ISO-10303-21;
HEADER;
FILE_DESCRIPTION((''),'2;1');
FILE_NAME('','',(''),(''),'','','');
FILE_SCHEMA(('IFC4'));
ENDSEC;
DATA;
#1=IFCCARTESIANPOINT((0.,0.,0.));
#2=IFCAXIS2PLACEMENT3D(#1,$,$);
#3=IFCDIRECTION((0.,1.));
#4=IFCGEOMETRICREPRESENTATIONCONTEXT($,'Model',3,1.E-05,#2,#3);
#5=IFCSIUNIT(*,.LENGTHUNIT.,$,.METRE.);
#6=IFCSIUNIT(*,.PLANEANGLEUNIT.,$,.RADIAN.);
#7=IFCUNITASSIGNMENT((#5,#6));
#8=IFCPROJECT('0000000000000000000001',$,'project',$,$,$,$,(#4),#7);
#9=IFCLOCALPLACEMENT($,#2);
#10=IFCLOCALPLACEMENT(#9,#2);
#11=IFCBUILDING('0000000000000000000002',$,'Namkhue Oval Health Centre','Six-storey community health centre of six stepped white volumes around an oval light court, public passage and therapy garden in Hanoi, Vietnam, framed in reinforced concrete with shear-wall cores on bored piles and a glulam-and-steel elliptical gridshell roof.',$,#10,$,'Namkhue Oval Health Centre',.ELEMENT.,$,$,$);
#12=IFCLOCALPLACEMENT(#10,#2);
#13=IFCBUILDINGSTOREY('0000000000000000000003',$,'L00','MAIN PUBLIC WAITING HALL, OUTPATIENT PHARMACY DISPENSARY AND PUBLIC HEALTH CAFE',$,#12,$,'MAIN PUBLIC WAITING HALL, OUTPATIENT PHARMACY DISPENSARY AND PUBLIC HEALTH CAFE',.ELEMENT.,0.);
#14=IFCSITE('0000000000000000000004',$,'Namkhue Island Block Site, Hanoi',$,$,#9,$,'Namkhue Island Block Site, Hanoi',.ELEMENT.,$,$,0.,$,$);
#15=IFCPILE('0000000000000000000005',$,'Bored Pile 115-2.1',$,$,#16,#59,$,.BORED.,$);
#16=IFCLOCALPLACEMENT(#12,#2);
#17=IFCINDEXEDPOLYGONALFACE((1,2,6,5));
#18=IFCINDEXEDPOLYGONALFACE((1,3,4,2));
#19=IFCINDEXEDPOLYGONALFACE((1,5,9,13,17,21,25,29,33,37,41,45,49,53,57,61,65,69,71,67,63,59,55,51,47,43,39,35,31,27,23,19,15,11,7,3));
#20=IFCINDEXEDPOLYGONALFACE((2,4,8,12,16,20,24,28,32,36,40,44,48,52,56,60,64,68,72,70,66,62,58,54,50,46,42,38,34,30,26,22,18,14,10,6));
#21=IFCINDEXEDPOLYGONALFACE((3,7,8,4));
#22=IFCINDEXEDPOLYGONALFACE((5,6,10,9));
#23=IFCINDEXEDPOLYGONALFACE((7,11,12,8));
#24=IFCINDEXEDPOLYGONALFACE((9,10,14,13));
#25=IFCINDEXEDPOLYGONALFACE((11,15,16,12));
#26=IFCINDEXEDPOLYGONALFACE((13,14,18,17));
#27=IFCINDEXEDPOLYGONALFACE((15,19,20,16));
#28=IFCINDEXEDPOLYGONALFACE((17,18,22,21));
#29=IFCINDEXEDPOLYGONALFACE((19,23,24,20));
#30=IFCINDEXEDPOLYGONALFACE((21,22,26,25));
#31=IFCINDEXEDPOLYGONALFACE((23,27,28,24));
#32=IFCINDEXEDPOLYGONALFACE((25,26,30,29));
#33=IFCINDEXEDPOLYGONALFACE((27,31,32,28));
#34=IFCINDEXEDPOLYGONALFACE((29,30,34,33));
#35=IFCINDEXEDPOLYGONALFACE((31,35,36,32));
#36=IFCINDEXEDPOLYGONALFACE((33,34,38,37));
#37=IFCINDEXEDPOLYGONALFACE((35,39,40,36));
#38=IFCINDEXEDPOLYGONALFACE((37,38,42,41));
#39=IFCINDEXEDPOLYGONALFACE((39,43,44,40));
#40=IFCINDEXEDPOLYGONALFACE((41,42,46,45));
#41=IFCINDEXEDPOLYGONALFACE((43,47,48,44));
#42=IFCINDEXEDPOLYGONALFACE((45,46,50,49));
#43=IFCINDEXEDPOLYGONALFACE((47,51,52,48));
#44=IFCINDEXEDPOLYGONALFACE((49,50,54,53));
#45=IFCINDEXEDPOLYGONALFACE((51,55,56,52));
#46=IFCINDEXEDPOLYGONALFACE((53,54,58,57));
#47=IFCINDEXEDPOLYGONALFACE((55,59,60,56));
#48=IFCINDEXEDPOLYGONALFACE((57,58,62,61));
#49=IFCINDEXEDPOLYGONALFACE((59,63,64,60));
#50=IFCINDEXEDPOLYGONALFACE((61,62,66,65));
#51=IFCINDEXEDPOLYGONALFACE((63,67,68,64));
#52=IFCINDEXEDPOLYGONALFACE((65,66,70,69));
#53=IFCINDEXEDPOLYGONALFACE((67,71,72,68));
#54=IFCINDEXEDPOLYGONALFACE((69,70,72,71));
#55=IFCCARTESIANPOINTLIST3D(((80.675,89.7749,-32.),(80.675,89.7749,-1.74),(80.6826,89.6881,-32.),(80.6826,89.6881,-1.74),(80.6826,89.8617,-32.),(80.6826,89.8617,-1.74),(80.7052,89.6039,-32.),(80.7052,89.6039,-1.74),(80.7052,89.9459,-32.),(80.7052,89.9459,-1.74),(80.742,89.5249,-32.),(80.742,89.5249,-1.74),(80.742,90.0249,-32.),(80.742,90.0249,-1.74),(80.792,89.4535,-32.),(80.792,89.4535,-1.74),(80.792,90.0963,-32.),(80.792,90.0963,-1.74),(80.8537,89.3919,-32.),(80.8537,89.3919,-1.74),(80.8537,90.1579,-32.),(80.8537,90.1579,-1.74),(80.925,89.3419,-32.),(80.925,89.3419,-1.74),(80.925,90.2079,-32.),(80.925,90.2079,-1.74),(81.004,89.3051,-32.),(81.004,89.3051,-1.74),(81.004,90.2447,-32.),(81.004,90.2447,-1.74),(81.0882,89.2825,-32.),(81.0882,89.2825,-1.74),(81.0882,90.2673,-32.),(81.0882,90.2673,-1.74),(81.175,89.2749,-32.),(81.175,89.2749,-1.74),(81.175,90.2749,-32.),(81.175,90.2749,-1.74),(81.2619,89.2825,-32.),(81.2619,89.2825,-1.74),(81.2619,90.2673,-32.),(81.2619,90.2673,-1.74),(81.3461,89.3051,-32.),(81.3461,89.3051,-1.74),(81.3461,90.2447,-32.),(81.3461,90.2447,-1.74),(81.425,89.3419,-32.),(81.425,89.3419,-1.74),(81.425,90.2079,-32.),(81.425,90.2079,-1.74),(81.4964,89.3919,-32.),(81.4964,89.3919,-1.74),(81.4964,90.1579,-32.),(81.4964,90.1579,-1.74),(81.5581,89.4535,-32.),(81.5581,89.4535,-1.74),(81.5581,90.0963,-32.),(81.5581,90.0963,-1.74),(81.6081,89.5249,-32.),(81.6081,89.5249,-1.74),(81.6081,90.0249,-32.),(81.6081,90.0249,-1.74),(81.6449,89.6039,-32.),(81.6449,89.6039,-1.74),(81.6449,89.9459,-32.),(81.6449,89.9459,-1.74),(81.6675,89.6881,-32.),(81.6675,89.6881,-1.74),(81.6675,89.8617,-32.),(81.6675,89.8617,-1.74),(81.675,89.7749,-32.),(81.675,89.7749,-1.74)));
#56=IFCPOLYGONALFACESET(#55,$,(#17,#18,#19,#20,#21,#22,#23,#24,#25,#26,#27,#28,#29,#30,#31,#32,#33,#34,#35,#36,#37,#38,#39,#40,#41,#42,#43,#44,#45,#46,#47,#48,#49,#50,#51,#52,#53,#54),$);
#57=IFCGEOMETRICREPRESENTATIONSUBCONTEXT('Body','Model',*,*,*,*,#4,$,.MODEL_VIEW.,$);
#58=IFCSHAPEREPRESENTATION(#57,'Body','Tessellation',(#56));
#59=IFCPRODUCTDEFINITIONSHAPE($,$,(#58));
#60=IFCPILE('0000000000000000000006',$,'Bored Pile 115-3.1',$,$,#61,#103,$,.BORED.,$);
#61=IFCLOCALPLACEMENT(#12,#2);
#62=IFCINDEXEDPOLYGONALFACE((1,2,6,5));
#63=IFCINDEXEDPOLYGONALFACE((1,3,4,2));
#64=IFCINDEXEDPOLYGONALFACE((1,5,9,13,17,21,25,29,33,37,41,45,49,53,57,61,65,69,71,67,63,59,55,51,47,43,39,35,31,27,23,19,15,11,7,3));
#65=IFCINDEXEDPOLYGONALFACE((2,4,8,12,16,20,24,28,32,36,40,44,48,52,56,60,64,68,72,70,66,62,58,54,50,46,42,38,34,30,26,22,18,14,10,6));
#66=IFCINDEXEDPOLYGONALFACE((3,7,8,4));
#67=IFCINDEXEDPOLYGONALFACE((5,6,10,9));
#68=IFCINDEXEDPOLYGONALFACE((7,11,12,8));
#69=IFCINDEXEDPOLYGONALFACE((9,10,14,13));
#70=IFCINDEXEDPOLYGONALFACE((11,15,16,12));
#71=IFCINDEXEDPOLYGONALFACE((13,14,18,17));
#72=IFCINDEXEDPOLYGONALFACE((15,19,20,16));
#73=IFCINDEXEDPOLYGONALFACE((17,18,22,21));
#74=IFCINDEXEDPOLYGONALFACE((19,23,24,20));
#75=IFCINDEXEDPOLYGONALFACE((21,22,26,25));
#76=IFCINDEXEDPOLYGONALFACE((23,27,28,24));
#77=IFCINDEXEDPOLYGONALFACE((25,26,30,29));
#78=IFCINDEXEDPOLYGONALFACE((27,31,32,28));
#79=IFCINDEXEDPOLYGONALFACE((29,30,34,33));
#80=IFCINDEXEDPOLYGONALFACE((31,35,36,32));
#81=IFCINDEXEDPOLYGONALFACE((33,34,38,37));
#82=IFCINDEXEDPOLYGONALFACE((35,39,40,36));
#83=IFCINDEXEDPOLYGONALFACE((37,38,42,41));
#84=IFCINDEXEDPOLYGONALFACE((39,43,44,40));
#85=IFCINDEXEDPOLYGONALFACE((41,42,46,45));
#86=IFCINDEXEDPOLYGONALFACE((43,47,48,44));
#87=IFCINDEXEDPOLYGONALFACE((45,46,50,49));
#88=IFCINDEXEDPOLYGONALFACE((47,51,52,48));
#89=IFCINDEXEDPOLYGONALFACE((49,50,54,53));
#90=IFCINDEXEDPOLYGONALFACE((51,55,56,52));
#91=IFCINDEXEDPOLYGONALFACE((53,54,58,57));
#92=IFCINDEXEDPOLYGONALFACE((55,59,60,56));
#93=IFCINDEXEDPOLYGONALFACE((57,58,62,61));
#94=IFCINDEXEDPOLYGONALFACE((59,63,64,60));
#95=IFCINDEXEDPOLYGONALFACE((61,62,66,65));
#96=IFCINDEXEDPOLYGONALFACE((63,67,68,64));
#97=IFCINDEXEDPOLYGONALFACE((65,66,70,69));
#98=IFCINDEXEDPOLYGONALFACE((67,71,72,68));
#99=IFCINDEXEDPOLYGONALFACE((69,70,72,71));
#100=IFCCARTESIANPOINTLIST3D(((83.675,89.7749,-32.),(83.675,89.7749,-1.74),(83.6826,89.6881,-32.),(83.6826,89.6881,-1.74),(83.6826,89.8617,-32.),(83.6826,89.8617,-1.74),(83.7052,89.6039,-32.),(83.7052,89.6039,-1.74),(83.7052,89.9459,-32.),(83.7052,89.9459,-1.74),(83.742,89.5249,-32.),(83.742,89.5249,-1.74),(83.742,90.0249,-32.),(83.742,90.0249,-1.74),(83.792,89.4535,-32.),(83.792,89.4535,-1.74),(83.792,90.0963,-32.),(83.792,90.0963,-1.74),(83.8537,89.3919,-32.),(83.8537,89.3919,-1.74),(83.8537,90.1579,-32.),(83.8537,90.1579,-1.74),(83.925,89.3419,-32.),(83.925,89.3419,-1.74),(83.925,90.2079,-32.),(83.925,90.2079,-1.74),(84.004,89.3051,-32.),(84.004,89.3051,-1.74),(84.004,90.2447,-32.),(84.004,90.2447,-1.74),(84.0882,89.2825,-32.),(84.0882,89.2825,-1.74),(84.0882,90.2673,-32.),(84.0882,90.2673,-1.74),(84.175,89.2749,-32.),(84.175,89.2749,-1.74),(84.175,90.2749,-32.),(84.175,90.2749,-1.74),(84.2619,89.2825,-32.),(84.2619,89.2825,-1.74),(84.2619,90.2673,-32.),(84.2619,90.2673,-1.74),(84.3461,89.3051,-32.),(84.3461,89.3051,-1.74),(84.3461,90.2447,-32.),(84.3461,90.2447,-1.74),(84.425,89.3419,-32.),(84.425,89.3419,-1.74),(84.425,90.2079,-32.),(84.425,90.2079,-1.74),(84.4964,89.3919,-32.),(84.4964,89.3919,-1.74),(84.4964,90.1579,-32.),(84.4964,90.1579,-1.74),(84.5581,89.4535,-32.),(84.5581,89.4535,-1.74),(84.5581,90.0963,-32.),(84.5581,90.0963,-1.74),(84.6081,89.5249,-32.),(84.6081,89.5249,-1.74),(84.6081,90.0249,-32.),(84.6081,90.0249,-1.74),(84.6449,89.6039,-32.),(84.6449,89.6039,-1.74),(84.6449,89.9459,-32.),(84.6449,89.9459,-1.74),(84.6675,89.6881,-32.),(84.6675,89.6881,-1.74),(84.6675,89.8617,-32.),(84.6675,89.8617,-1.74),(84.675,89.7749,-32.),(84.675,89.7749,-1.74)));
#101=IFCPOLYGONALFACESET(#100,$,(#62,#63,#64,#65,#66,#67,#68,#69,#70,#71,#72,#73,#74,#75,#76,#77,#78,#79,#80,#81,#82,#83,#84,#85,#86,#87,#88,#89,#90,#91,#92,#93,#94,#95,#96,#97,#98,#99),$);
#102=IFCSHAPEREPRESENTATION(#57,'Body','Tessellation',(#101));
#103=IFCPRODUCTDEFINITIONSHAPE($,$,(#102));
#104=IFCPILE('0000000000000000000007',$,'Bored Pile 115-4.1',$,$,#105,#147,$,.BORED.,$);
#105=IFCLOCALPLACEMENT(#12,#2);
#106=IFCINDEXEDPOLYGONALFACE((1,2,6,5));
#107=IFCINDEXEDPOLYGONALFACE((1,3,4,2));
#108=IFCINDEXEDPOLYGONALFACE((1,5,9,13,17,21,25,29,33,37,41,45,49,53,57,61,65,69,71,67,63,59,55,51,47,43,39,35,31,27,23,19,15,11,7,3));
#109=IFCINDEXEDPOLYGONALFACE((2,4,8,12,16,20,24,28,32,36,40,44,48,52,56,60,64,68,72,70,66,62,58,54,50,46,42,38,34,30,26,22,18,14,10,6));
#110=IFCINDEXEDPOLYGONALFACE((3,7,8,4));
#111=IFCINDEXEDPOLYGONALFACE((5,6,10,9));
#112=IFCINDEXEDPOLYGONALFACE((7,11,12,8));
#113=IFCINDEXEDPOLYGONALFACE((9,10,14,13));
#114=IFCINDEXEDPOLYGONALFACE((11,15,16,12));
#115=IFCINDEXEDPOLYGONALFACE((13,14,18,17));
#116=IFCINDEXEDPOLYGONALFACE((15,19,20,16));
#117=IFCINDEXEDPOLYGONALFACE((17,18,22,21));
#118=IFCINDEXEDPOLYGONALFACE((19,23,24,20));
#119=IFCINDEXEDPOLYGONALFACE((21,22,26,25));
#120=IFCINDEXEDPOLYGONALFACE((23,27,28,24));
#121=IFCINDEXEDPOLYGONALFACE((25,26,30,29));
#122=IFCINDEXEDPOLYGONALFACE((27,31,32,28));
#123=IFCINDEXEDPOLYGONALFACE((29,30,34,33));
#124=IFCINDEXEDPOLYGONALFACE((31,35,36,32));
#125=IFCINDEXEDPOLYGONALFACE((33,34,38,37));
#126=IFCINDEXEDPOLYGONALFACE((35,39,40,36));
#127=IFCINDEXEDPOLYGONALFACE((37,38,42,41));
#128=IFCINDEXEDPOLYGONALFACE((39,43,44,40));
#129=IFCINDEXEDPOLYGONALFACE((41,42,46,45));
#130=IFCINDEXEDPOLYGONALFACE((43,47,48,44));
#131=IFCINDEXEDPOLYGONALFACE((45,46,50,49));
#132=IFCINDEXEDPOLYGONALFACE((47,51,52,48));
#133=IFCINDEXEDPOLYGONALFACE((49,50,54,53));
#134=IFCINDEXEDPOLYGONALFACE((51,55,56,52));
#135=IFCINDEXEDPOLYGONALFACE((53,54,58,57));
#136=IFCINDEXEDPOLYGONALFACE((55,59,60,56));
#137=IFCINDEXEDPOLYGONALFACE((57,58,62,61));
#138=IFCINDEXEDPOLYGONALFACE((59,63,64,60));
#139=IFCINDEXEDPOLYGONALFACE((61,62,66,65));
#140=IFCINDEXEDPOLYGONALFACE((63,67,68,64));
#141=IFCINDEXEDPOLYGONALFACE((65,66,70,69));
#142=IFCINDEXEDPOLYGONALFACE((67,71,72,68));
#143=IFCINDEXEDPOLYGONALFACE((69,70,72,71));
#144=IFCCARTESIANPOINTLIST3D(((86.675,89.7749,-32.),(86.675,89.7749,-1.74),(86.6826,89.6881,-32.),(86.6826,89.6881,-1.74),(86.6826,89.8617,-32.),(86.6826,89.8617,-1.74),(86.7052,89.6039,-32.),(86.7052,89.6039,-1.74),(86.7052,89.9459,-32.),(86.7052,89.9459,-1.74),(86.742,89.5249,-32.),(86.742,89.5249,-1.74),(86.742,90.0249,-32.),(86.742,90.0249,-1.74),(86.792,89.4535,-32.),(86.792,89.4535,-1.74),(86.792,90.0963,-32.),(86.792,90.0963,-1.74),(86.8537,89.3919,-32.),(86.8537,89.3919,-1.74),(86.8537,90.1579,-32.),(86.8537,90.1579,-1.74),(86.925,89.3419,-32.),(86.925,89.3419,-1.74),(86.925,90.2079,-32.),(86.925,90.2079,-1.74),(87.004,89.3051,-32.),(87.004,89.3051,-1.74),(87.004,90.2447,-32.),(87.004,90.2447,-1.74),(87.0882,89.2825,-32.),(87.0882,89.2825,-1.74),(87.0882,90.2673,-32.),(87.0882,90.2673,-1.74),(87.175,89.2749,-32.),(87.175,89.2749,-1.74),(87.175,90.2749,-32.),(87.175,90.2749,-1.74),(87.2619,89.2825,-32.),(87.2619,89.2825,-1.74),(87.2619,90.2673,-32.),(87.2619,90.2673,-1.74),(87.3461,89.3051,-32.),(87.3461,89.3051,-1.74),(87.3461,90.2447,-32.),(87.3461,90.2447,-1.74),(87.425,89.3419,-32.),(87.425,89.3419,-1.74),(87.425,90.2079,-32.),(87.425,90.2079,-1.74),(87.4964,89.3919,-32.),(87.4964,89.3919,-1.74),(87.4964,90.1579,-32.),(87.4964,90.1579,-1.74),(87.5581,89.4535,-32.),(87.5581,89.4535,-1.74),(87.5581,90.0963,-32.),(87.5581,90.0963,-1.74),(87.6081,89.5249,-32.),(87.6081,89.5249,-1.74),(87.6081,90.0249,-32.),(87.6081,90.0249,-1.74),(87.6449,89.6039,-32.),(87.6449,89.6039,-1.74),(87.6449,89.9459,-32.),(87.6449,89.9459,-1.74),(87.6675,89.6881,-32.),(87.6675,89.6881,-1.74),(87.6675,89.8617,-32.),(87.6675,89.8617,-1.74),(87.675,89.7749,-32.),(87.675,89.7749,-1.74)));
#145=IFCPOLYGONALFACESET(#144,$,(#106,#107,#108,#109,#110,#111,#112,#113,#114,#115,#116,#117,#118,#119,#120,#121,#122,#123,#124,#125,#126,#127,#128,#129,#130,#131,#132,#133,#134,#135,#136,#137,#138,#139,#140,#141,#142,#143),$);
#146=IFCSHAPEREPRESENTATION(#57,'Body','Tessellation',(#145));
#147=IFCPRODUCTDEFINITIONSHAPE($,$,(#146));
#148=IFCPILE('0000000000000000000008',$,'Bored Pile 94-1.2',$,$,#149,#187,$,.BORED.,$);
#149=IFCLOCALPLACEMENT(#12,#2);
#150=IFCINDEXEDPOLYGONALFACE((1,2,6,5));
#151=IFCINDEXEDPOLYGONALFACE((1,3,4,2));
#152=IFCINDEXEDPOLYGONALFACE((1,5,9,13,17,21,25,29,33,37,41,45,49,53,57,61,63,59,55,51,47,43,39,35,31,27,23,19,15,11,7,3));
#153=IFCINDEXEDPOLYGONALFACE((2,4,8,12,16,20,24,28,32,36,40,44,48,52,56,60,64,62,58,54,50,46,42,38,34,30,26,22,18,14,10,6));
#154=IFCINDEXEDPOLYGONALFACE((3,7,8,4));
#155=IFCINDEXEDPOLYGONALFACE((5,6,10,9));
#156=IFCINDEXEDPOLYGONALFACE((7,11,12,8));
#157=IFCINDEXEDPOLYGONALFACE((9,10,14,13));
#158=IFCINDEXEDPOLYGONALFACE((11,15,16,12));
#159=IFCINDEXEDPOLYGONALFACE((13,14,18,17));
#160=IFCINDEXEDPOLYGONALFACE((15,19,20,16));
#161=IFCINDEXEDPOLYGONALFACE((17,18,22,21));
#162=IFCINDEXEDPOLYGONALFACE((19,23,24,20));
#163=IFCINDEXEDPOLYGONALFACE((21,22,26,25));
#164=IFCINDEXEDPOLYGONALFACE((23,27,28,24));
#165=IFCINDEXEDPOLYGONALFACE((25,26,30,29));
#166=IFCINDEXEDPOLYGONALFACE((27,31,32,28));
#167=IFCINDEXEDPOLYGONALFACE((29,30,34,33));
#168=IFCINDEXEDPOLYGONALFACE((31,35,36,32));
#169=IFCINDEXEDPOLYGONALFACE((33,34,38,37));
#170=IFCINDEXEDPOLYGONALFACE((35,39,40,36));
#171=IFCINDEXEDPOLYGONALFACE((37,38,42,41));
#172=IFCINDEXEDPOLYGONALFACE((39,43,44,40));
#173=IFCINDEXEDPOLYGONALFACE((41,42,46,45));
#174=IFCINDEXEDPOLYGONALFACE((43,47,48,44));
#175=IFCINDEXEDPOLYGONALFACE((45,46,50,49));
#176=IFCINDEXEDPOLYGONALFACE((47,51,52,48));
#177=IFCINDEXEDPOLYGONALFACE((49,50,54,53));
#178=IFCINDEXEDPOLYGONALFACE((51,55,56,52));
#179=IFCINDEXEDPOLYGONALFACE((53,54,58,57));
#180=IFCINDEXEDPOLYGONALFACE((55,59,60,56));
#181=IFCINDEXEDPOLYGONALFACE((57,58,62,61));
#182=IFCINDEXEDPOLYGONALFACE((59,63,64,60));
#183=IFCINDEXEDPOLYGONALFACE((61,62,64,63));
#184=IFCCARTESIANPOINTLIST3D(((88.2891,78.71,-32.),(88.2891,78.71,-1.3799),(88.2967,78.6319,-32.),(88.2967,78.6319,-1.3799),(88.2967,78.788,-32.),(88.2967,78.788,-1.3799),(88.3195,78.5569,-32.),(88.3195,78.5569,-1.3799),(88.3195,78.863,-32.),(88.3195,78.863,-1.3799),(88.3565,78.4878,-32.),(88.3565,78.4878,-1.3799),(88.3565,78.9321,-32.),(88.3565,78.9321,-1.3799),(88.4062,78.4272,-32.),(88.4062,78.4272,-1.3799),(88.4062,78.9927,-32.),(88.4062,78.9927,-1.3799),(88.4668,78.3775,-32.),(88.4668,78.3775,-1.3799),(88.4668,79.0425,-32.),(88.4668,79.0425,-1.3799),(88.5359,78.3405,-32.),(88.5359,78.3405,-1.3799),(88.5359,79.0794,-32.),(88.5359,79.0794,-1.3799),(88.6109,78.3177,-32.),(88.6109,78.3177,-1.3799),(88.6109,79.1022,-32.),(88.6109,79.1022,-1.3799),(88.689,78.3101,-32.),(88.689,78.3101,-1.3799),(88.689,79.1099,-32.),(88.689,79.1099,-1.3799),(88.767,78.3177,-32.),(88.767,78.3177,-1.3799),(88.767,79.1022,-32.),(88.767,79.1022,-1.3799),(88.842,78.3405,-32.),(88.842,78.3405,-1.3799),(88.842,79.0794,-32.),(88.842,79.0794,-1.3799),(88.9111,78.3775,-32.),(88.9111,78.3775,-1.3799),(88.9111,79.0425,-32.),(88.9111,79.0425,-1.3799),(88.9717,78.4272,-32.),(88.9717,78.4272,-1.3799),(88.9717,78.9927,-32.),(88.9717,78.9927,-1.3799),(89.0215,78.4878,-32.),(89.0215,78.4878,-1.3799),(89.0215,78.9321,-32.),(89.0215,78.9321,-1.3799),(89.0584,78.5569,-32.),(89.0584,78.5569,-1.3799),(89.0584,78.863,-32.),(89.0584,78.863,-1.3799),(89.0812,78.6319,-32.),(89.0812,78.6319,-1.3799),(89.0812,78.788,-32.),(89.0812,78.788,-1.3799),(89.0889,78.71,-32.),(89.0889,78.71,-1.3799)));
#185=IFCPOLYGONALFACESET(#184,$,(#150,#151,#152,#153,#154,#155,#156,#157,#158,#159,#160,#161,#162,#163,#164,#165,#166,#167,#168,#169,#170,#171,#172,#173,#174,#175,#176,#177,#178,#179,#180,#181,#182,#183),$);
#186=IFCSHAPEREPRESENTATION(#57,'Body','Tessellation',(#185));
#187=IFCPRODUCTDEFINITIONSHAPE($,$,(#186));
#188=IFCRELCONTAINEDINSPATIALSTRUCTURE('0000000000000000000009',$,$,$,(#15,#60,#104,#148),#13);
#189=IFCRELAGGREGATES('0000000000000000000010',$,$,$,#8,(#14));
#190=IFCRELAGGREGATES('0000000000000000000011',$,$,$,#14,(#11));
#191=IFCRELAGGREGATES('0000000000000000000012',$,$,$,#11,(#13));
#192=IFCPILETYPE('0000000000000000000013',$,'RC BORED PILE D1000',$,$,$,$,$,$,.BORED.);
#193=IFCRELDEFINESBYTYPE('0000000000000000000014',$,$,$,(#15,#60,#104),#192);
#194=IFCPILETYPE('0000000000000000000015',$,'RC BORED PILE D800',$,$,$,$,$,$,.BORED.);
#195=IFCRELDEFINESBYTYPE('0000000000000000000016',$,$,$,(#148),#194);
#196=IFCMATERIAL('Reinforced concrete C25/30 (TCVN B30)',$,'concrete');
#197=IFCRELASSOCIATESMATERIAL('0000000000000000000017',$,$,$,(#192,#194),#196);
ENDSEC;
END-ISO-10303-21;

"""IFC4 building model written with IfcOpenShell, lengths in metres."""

from ifc_helpers import new_model, si_unit, direction, frame, origin, origin_2d, place, context, subcontext, project, spatial, circle, extrude, material, material_profile, profile_set, type_object, element, save


model = new_model("IFC4")

# Units and contexts
model_context = context("Model", 3, precision=1e-05, world=origin(), true_north=direction((0.0, 1.0)))
body_context = subcontext(model_context, "Body", "Model", "MODEL_VIEW")
ifc_project = project(units=[si_unit("LENGTHUNIT", "METRE"), si_unit("PLANEANGLEUNIT", "RADIAN")], contexts=[model_context])

# Site, building, storey
site_placement = place(None, origin())
site = spatial("IfcSite", under=ifc_project, at=site_placement, Name="Namkhue Island Block Site, Hanoi", LongName="Namkhue Island Block Site, Hanoi", CompositionType="ELEMENT", RefElevation=0.0)
building_placement = place(site_placement, origin())
building = spatial("IfcBuilding", under=site, at=building_placement, Name="Namkhue Oval Health Centre", Description="Six-storey community health centre of six stepped white volumes around an oval light court, public passage and therapy garden in Hanoi, Vietnam, framed in reinforced concrete with shear-wall cores on bored piles and a glulam-and-steel elliptical gridshell roof.", LongName="Namkhue Oval Health Centre", CompositionType="ELEMENT")
storey_placement = place(building_placement, origin())
storey = spatial("IfcBuildingStorey", under=building, at=storey_placement, Name="L00", Description="MAIN PUBLIC WAITING HALL, OUTPATIENT PHARMACY DISPENSARY AND PUBLIC HEALTH CAFE", LongName="MAIN PUBLIC WAITING HALL, OUTPATIENT PHARMACY DISPENSARY AND PUBLIC HEALTH CAFE", CompositionType="ELEMENT", Elevation=0.0)

# Piles
ifc_material_1 = material(Name="Reinforced concrete C25/30 (TCVN B30)", Category="concrete")
ifc_material_profile_1 = material_profile(ifc_material_1, circle(Radius=0.5, at=origin_2d()), Name="BORED PILE D1000")
ifc_profile_set_1 = profile_set([ifc_material_profile_1], Name="Reinforced concrete C25/30 (TCVN B30)")
pile_type_1 = type_object("IfcPileType", Name="RC BORED PILE D1000", PredefinedType="BORED", material=ifc_profile_set_1)
for number, where, z_axis, x_axis, name in (
    (1, (81.175, 89.7749, -1.74), (0.0, 0.0, -1.0), (1.0, 0.0, 0.0), "Bored Pile 115-2.1"),
    (2, (84.175, 89.7749, -1.74), (0.0, 0.0, -1.0), (1.0, 0.0, 0.0), "Bored Pile 115-3.1"),
    (3, (87.175, 89.7749, -1.74), (0.0, 0.0, -1.0), (1.0, 0.0, 0.0), "Bored Pile 115-4.1"),
):
    element("IfcPile", number, at=place(storey_placement, frame(where, z_axis=z_axis, x_axis=x_axis)), inside=storey, type_object=pile_type_1, Name=name, PredefinedType="BORED", context=body_context, shape_type="SweptSolid", body=[
        extrude(circle(Radius=0.5, at=origin_2d()), origin(), (0.0, 0.0, 1.0), 30.26),
    ])
ifc_material_profile_2 = material_profile(ifc_material_1, circle(Radius=0.3999, at=origin_2d()), Name="BORED PILE D800")
ifc_profile_set_2 = profile_set([ifc_material_profile_2], Name="Reinforced concrete C25/30 (TCVN B30)")
pile_type_2 = type_object("IfcPileType", Name="RC BORED PILE D800", PredefinedType="BORED", material=ifc_profile_set_2)
for number, where, z_axis, x_axis, name in (
    (4, (88.689, 78.71, -1.3799), (0.0, 0.0, -1.0), (1.0, 0.0, 0.0), "Bored Pile 94-1.2"),
):
    element("IfcPile", number, at=place(storey_placement, frame(where, z_axis=z_axis, x_axis=x_axis)), inside=storey, type_object=pile_type_2, Name=name, PredefinedType="BORED", context=body_context, shape_type="SweptSolid", body=[
        extrude(circle(Radius=0.3999, at=origin_2d()), origin(), (0.0, 0.0, 1.0), 30.6201),
    ])

save(model, "model.ifc")
